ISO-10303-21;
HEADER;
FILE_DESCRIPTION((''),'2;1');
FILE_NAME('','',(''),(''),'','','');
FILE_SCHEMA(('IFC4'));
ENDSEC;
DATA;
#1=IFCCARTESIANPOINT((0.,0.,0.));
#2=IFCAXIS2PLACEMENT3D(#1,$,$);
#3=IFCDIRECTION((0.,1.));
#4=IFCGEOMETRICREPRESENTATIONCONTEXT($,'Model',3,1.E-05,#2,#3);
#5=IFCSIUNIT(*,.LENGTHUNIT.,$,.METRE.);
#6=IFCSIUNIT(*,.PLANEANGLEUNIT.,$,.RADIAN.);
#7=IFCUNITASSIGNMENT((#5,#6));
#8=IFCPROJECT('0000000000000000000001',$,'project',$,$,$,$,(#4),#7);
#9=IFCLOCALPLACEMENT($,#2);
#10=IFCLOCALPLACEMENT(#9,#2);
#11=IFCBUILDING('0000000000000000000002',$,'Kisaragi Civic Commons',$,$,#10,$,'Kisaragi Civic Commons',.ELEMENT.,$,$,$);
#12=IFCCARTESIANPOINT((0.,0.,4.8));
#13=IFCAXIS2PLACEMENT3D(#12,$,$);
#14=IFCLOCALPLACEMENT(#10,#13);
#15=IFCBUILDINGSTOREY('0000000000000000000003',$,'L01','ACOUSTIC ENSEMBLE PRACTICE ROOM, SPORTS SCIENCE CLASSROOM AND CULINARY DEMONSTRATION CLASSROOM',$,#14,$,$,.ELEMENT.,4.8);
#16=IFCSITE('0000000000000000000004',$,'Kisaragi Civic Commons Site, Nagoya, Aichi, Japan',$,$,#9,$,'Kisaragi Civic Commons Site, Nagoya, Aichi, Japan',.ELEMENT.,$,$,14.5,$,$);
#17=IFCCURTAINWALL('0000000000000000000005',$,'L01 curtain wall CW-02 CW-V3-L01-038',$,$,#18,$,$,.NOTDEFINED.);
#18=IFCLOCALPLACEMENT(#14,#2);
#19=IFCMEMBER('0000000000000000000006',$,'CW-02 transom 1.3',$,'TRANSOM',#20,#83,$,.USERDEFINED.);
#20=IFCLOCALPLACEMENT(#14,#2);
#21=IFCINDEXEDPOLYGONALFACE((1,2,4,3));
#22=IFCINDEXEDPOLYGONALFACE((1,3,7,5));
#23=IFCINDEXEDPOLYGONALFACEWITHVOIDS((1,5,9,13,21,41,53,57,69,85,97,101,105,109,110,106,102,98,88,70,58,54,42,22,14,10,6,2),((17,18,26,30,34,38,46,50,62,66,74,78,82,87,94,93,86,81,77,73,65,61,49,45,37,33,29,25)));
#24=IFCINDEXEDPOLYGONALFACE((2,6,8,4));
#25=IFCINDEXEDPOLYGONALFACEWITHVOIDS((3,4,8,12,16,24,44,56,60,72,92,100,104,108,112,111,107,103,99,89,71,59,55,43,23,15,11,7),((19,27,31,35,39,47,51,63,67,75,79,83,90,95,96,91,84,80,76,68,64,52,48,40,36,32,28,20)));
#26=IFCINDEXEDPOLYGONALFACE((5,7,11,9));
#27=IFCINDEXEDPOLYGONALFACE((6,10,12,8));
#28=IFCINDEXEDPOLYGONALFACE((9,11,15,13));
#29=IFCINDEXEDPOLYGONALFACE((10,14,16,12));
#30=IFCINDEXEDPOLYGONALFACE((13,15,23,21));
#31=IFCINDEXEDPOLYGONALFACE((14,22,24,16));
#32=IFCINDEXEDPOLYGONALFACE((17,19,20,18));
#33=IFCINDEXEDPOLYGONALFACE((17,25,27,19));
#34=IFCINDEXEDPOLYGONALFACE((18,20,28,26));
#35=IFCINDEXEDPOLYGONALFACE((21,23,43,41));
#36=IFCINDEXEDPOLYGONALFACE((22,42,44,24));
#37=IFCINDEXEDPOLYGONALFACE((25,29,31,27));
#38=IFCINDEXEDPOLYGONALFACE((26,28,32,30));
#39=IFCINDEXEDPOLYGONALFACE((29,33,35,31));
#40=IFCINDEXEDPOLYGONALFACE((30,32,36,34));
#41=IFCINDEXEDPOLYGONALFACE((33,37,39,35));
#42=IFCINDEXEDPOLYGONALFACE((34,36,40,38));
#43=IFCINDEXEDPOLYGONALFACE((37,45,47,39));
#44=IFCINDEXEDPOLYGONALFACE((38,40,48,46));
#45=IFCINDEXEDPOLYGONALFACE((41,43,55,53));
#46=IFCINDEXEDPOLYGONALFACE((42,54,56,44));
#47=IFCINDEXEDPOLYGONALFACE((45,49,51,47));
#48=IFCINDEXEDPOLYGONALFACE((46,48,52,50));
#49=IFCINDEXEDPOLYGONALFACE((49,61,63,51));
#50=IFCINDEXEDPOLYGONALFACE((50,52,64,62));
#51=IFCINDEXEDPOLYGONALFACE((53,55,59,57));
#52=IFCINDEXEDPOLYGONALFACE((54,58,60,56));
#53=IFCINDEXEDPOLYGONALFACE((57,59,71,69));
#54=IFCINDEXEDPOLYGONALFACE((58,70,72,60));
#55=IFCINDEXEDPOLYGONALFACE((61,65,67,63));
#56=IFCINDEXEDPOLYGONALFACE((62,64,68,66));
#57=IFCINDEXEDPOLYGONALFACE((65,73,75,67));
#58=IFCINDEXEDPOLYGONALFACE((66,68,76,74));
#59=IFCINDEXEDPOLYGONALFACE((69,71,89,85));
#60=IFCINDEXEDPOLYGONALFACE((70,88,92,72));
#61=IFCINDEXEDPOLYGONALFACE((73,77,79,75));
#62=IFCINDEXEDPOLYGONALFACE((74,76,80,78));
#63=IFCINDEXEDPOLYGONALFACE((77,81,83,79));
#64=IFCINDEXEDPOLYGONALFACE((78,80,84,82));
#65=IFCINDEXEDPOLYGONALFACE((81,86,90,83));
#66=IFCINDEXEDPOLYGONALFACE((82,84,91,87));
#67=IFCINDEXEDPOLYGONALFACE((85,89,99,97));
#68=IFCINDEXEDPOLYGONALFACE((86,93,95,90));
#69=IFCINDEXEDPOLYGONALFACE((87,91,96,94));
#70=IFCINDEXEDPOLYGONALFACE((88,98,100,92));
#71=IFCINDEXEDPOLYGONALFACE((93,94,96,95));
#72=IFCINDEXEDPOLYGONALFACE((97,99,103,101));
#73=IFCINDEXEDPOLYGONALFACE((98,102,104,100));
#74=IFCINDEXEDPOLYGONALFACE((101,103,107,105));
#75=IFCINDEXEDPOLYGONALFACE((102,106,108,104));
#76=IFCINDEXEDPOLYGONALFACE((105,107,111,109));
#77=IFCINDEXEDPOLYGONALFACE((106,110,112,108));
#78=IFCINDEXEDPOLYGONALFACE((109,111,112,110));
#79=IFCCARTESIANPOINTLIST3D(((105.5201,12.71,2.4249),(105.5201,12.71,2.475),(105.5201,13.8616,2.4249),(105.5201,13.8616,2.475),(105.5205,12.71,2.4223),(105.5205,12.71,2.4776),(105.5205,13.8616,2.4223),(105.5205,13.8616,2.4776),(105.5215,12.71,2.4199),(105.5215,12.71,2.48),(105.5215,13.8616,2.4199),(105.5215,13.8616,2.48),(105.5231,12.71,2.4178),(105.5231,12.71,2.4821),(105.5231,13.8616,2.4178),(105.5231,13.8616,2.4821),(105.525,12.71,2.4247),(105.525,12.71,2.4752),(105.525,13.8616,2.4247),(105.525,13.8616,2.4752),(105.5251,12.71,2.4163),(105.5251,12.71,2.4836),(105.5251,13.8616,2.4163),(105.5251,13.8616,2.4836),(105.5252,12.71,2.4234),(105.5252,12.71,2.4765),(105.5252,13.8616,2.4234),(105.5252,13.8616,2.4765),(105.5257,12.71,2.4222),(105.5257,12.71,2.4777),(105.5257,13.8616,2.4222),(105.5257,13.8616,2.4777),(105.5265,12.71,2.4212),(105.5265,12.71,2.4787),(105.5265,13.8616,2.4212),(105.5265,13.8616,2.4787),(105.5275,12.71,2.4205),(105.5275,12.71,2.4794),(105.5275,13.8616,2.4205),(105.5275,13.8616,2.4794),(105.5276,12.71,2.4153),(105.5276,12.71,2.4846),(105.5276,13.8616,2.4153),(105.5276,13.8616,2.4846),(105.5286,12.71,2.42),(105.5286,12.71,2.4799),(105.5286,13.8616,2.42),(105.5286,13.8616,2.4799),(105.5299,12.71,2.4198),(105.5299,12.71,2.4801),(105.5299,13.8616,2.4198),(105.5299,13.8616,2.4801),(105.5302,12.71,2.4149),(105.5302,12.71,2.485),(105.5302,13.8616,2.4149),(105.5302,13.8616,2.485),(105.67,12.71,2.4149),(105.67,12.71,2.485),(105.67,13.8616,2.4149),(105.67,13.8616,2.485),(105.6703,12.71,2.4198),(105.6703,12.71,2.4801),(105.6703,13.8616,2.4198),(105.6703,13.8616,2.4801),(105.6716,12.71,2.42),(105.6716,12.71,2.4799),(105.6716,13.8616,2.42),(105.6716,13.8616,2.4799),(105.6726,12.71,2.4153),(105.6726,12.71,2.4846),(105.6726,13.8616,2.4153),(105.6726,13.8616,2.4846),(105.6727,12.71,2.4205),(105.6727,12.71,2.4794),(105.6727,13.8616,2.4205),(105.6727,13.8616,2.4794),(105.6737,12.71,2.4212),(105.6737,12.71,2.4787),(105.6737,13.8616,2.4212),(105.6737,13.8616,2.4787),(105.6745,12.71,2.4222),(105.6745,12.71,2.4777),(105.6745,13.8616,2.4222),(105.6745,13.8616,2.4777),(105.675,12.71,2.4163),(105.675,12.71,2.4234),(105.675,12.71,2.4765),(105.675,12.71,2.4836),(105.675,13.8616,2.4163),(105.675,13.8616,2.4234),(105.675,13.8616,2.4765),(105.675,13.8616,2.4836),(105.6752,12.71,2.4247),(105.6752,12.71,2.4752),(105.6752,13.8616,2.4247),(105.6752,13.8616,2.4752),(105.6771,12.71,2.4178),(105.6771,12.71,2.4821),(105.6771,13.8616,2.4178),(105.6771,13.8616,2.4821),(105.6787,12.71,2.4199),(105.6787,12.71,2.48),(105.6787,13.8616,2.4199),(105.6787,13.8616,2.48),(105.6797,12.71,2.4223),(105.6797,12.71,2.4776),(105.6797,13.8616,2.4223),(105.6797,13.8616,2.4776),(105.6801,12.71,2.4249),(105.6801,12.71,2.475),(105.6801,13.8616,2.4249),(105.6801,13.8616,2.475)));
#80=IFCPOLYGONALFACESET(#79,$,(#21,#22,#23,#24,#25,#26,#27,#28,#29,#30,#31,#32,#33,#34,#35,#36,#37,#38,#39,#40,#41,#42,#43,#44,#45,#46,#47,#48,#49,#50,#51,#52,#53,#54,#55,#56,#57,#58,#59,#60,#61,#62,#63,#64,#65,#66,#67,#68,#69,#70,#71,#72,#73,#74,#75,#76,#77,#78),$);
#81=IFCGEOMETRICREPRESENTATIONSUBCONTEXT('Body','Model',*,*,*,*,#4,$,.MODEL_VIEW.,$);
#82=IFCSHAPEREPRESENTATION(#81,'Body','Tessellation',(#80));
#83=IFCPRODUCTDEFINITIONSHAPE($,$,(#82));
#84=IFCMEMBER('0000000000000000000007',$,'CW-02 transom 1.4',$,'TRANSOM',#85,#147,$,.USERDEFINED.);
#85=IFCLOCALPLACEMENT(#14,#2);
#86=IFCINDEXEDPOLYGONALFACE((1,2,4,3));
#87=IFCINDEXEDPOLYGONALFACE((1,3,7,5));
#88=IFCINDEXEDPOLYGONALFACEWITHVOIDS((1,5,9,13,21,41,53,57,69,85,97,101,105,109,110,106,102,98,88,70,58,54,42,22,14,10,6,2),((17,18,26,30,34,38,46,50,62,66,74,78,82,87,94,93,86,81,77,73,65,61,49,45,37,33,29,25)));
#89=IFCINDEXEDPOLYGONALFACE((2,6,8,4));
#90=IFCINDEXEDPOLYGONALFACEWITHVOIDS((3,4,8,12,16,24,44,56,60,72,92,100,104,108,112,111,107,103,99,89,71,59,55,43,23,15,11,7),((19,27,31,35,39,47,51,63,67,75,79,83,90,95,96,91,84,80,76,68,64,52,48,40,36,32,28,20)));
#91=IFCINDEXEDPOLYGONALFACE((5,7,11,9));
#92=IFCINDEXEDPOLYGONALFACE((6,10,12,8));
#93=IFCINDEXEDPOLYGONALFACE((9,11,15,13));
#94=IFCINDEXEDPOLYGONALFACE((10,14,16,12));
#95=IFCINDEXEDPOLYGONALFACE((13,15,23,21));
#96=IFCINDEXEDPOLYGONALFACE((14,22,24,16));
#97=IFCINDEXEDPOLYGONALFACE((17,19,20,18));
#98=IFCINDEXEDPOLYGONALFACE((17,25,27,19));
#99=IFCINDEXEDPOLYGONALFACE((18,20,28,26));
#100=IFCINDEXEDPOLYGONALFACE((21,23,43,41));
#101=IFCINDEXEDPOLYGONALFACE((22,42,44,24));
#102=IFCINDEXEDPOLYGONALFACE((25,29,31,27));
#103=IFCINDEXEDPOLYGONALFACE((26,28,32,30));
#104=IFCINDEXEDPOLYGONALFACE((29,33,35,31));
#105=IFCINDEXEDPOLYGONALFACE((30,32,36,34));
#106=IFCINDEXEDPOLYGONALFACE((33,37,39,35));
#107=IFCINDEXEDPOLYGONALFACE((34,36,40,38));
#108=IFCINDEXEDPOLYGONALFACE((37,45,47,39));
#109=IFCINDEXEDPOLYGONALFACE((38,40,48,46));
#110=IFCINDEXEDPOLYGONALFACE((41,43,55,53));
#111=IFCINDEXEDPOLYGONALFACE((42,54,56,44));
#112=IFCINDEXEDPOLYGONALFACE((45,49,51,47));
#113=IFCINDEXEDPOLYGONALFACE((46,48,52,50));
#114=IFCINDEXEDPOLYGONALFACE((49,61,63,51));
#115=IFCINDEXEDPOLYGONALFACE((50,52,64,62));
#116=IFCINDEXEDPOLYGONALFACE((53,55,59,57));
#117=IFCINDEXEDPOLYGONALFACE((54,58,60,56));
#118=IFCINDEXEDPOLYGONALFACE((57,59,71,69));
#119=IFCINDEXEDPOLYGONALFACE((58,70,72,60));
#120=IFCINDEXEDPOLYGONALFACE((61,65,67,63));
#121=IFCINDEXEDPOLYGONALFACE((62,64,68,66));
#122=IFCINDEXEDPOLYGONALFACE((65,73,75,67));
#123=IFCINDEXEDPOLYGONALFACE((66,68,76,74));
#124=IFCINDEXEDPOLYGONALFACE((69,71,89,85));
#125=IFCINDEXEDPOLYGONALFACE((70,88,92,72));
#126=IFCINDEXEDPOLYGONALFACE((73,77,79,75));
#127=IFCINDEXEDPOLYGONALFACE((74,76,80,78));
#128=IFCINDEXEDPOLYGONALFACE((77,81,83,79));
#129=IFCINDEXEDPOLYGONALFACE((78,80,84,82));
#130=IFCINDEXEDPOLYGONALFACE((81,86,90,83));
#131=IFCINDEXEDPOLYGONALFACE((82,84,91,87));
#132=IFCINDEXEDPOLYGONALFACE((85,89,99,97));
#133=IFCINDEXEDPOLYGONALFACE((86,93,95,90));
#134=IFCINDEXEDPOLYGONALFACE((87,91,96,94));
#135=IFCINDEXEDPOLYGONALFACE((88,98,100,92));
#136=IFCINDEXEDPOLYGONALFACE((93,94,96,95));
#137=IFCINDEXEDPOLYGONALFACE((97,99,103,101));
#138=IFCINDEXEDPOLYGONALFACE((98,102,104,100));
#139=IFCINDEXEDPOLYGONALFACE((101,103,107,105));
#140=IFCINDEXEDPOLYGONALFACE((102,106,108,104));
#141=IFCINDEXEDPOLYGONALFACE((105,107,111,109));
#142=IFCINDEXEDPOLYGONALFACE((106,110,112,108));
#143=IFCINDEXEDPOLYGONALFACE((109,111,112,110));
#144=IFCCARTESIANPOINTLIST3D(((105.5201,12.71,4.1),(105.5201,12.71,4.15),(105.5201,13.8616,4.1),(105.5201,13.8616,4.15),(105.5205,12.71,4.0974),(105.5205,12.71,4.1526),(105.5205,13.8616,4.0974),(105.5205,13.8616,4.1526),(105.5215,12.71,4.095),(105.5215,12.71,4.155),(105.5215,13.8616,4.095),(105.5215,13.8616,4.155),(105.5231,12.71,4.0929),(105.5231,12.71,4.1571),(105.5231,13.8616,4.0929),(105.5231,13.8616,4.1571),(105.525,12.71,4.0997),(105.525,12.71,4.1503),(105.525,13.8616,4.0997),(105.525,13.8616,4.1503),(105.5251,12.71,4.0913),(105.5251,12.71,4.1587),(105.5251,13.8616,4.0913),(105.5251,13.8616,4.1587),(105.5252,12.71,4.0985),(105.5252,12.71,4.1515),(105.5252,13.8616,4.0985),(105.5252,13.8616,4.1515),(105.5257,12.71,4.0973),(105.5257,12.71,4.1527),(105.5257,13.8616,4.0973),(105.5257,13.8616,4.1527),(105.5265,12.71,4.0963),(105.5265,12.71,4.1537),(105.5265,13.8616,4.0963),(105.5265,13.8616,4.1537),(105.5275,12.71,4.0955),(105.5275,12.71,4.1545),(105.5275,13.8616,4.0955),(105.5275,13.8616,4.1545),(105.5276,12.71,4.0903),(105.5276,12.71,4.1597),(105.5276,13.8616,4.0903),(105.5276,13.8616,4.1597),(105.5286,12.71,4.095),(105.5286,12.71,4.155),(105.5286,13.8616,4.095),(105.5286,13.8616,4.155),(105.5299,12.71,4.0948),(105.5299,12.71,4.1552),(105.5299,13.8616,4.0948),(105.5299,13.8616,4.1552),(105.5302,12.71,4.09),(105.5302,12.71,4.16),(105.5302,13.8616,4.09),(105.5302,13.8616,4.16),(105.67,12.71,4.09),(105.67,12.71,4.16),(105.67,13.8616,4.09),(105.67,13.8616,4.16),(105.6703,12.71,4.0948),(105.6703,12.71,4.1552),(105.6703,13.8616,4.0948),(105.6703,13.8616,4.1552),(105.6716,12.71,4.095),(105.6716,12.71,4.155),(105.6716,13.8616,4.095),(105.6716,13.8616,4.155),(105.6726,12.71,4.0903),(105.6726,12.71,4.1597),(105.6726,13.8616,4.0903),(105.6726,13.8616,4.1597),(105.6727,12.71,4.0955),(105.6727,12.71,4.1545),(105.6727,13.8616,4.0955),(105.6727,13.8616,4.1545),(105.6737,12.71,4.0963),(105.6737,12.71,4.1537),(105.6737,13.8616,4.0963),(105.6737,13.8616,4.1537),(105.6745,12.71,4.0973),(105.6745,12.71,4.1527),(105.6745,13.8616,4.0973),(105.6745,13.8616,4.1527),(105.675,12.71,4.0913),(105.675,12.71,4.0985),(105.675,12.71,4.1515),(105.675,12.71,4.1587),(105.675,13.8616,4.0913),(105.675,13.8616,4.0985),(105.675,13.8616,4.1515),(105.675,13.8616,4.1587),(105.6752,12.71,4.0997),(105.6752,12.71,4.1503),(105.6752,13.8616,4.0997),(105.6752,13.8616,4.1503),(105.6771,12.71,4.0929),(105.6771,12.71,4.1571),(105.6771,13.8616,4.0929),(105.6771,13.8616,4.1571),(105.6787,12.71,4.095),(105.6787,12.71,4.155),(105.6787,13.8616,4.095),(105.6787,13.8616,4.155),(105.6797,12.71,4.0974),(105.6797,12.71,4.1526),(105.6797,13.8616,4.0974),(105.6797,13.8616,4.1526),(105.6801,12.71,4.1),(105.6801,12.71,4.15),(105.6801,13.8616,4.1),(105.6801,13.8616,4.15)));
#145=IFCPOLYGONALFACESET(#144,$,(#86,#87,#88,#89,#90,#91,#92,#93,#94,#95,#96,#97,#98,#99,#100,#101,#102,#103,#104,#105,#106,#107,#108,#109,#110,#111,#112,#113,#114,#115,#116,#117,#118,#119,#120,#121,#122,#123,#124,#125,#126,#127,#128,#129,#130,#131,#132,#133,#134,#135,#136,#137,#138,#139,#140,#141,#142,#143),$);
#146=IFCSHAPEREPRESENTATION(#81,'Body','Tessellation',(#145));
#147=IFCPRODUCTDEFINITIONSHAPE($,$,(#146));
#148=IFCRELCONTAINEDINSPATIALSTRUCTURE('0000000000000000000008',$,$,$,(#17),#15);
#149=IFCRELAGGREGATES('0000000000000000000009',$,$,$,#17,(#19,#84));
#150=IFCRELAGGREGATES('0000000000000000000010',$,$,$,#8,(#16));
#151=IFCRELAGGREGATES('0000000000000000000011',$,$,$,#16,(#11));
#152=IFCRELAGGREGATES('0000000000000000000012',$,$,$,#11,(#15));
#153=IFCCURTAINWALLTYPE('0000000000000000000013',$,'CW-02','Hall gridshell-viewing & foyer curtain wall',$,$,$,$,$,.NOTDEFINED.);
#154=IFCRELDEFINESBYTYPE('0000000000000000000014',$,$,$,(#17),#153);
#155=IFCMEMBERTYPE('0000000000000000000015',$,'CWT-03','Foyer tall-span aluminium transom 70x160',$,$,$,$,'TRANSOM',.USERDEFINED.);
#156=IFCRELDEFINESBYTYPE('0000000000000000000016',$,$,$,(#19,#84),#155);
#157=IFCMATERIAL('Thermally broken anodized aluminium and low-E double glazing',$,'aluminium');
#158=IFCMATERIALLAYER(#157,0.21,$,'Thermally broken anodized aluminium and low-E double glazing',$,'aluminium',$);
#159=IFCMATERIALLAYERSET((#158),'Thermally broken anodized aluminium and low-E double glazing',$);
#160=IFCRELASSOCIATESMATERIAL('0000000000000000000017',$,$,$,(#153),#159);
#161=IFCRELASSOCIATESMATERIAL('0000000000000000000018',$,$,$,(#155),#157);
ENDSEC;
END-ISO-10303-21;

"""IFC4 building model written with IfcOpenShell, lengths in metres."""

from ifc_helpers import new_model, si_unit, direction, frame, origin, origin_2d, place, context, subcontext, project, spatial, hollow_rectangle, extrude, material, layer, layer_set, material_profile, profile_set, type_object, element, aggregate, save


model = new_model("IFC4")

# Units and contexts
model_context = context("Model", 3, precision=1e-05, world=origin(), true_north=direction((0.0, 1.0)))
body_context = subcontext(model_context, "Body", "Model", "MODEL_VIEW")
ifc_project = project(units=[si_unit("LENGTHUNIT", "METRE"), si_unit("PLANEANGLEUNIT", "RADIAN")], contexts=[model_context])

# Site, building, storey
site_placement = place(None, origin())
site = spatial("IfcSite", under=ifc_project, at=site_placement, Name="Kisaragi Civic Commons Site, Nagoya, Aichi, Japan", LongName="Kisaragi Civic Commons Site, Nagoya, Aichi, Japan", CompositionType="ELEMENT", RefElevation=14.5)
building_placement = place(site_placement, origin())
building = spatial("IfcBuilding", under=site, at=building_placement, Name="Kisaragi Civic Commons", LongName="Kisaragi Civic Commons", CompositionType="ELEMENT")
storey_placement = place(building_placement, frame((0.0, 0.0, 4.8)))
storey = spatial("IfcBuildingStorey", under=building, at=storey_placement, Name="L01", Description="ACOUSTIC ENSEMBLE PRACTICE ROOM, SPORTS SCIENCE CLASSROOM AND CULINARY DEMONSTRATION CLASSROOM", CompositionType="ELEMENT", Elevation=4.8)

# Shared definitions
ifc_material_1 = material(Name="Thermally broken anodized aluminium and low-E double glazing", Category="aluminium")
ifc_layer_1 = layer(ifc_material_1, 0.21, Name="Thermally broken anodized aluminium and low-E double glazing", Category="aluminium")
ifc_layer_set_1 = layer_set([ifc_layer_1], Name="Thermally broken anodized aluminium and low-E double glazing")
curtain_wall_type = type_object("IfcCurtainWallType", Name="CW-02", Description="Hall gridshell-viewing & foyer curtain wall", PredefinedType="NOTDEFINED", material=ifc_layer_set_1)

# Curtain wall, members
curtain_wall_1_placement = place(storey_placement, origin())
curtain_wall_1 = element("IfcCurtainWall", 1, at=curtain_wall_1_placement, inside=storey, type_object=curtain_wall_type, Name="L01 curtain wall CW-02 CW-V3-L01-038", PredefinedType="NOTDEFINED")
ifc_material_profile_1 = material_profile(ifc_material_1, hollow_rectangle(XDim=0.1599, YDim=0.0701, WallThickness=0.0049, InnerFilletRadius=0.0049, OuterFilletRadius=0.01, at=origin_2d()), Name="CWT-70x160x5", Category="aluminium")
ifc_profile_set_1 = profile_set([ifc_material_profile_1], Name="Thermally broken anodized aluminium and low-E double glazing")
member_type_1 = type_object("IfcMemberType", Name="CWT-03", Description="Foyer tall-span aluminium transom 70x160", ElementType="TRANSOM", PredefinedType="USERDEFINED", material=ifc_profile_set_1)
member_1_placement = place(storey_placement, frame((105.6001, 12.71, 2.45), z_axis=(0.0, 1.0, 0.0), x_axis=(-1.0, 0.0, 0.0)))
member_1 = element("IfcMember", 2, at=member_1_placement, type_object=member_type_1, Name="CW-02 transom 1.3", ObjectType="TRANSOM", PredefinedType="USERDEFINED", context=body_context, shape_type="SweptSolid", body=[
    extrude(hollow_rectangle(XDim=0.1599, YDim=0.0701, WallThickness=0.0049, InnerFilletRadius=0.0049, OuterFilletRadius=0.01, at=origin_2d()), origin(), (0.0, 0.0, 1.0), 1.1516),
])
member_2_placement = place(storey_placement, frame((105.6001, 12.71, 4.125), z_axis=(0.0, 1.0, 0.0), x_axis=(-1.0, 0.0, 0.0)))
member_2 = element("IfcMember", 3, at=member_2_placement, type_object=member_type_1, Name="CW-02 transom 1.4", ObjectType="TRANSOM", PredefinedType="USERDEFINED", context=body_context, shape_type="SweptSolid", body=[
    extrude(hollow_rectangle(XDim=0.1599, YDim=0.0701, WallThickness=0.0049, InnerFilletRadius=0.0049, OuterFilletRadius=0.01, at=origin_2d()), origin(), (0.0, 0.0, 1.0), 1.1516),
])

aggregate(curtain_wall_1, [member_1, member_2])

save(model, "model.ifc")
